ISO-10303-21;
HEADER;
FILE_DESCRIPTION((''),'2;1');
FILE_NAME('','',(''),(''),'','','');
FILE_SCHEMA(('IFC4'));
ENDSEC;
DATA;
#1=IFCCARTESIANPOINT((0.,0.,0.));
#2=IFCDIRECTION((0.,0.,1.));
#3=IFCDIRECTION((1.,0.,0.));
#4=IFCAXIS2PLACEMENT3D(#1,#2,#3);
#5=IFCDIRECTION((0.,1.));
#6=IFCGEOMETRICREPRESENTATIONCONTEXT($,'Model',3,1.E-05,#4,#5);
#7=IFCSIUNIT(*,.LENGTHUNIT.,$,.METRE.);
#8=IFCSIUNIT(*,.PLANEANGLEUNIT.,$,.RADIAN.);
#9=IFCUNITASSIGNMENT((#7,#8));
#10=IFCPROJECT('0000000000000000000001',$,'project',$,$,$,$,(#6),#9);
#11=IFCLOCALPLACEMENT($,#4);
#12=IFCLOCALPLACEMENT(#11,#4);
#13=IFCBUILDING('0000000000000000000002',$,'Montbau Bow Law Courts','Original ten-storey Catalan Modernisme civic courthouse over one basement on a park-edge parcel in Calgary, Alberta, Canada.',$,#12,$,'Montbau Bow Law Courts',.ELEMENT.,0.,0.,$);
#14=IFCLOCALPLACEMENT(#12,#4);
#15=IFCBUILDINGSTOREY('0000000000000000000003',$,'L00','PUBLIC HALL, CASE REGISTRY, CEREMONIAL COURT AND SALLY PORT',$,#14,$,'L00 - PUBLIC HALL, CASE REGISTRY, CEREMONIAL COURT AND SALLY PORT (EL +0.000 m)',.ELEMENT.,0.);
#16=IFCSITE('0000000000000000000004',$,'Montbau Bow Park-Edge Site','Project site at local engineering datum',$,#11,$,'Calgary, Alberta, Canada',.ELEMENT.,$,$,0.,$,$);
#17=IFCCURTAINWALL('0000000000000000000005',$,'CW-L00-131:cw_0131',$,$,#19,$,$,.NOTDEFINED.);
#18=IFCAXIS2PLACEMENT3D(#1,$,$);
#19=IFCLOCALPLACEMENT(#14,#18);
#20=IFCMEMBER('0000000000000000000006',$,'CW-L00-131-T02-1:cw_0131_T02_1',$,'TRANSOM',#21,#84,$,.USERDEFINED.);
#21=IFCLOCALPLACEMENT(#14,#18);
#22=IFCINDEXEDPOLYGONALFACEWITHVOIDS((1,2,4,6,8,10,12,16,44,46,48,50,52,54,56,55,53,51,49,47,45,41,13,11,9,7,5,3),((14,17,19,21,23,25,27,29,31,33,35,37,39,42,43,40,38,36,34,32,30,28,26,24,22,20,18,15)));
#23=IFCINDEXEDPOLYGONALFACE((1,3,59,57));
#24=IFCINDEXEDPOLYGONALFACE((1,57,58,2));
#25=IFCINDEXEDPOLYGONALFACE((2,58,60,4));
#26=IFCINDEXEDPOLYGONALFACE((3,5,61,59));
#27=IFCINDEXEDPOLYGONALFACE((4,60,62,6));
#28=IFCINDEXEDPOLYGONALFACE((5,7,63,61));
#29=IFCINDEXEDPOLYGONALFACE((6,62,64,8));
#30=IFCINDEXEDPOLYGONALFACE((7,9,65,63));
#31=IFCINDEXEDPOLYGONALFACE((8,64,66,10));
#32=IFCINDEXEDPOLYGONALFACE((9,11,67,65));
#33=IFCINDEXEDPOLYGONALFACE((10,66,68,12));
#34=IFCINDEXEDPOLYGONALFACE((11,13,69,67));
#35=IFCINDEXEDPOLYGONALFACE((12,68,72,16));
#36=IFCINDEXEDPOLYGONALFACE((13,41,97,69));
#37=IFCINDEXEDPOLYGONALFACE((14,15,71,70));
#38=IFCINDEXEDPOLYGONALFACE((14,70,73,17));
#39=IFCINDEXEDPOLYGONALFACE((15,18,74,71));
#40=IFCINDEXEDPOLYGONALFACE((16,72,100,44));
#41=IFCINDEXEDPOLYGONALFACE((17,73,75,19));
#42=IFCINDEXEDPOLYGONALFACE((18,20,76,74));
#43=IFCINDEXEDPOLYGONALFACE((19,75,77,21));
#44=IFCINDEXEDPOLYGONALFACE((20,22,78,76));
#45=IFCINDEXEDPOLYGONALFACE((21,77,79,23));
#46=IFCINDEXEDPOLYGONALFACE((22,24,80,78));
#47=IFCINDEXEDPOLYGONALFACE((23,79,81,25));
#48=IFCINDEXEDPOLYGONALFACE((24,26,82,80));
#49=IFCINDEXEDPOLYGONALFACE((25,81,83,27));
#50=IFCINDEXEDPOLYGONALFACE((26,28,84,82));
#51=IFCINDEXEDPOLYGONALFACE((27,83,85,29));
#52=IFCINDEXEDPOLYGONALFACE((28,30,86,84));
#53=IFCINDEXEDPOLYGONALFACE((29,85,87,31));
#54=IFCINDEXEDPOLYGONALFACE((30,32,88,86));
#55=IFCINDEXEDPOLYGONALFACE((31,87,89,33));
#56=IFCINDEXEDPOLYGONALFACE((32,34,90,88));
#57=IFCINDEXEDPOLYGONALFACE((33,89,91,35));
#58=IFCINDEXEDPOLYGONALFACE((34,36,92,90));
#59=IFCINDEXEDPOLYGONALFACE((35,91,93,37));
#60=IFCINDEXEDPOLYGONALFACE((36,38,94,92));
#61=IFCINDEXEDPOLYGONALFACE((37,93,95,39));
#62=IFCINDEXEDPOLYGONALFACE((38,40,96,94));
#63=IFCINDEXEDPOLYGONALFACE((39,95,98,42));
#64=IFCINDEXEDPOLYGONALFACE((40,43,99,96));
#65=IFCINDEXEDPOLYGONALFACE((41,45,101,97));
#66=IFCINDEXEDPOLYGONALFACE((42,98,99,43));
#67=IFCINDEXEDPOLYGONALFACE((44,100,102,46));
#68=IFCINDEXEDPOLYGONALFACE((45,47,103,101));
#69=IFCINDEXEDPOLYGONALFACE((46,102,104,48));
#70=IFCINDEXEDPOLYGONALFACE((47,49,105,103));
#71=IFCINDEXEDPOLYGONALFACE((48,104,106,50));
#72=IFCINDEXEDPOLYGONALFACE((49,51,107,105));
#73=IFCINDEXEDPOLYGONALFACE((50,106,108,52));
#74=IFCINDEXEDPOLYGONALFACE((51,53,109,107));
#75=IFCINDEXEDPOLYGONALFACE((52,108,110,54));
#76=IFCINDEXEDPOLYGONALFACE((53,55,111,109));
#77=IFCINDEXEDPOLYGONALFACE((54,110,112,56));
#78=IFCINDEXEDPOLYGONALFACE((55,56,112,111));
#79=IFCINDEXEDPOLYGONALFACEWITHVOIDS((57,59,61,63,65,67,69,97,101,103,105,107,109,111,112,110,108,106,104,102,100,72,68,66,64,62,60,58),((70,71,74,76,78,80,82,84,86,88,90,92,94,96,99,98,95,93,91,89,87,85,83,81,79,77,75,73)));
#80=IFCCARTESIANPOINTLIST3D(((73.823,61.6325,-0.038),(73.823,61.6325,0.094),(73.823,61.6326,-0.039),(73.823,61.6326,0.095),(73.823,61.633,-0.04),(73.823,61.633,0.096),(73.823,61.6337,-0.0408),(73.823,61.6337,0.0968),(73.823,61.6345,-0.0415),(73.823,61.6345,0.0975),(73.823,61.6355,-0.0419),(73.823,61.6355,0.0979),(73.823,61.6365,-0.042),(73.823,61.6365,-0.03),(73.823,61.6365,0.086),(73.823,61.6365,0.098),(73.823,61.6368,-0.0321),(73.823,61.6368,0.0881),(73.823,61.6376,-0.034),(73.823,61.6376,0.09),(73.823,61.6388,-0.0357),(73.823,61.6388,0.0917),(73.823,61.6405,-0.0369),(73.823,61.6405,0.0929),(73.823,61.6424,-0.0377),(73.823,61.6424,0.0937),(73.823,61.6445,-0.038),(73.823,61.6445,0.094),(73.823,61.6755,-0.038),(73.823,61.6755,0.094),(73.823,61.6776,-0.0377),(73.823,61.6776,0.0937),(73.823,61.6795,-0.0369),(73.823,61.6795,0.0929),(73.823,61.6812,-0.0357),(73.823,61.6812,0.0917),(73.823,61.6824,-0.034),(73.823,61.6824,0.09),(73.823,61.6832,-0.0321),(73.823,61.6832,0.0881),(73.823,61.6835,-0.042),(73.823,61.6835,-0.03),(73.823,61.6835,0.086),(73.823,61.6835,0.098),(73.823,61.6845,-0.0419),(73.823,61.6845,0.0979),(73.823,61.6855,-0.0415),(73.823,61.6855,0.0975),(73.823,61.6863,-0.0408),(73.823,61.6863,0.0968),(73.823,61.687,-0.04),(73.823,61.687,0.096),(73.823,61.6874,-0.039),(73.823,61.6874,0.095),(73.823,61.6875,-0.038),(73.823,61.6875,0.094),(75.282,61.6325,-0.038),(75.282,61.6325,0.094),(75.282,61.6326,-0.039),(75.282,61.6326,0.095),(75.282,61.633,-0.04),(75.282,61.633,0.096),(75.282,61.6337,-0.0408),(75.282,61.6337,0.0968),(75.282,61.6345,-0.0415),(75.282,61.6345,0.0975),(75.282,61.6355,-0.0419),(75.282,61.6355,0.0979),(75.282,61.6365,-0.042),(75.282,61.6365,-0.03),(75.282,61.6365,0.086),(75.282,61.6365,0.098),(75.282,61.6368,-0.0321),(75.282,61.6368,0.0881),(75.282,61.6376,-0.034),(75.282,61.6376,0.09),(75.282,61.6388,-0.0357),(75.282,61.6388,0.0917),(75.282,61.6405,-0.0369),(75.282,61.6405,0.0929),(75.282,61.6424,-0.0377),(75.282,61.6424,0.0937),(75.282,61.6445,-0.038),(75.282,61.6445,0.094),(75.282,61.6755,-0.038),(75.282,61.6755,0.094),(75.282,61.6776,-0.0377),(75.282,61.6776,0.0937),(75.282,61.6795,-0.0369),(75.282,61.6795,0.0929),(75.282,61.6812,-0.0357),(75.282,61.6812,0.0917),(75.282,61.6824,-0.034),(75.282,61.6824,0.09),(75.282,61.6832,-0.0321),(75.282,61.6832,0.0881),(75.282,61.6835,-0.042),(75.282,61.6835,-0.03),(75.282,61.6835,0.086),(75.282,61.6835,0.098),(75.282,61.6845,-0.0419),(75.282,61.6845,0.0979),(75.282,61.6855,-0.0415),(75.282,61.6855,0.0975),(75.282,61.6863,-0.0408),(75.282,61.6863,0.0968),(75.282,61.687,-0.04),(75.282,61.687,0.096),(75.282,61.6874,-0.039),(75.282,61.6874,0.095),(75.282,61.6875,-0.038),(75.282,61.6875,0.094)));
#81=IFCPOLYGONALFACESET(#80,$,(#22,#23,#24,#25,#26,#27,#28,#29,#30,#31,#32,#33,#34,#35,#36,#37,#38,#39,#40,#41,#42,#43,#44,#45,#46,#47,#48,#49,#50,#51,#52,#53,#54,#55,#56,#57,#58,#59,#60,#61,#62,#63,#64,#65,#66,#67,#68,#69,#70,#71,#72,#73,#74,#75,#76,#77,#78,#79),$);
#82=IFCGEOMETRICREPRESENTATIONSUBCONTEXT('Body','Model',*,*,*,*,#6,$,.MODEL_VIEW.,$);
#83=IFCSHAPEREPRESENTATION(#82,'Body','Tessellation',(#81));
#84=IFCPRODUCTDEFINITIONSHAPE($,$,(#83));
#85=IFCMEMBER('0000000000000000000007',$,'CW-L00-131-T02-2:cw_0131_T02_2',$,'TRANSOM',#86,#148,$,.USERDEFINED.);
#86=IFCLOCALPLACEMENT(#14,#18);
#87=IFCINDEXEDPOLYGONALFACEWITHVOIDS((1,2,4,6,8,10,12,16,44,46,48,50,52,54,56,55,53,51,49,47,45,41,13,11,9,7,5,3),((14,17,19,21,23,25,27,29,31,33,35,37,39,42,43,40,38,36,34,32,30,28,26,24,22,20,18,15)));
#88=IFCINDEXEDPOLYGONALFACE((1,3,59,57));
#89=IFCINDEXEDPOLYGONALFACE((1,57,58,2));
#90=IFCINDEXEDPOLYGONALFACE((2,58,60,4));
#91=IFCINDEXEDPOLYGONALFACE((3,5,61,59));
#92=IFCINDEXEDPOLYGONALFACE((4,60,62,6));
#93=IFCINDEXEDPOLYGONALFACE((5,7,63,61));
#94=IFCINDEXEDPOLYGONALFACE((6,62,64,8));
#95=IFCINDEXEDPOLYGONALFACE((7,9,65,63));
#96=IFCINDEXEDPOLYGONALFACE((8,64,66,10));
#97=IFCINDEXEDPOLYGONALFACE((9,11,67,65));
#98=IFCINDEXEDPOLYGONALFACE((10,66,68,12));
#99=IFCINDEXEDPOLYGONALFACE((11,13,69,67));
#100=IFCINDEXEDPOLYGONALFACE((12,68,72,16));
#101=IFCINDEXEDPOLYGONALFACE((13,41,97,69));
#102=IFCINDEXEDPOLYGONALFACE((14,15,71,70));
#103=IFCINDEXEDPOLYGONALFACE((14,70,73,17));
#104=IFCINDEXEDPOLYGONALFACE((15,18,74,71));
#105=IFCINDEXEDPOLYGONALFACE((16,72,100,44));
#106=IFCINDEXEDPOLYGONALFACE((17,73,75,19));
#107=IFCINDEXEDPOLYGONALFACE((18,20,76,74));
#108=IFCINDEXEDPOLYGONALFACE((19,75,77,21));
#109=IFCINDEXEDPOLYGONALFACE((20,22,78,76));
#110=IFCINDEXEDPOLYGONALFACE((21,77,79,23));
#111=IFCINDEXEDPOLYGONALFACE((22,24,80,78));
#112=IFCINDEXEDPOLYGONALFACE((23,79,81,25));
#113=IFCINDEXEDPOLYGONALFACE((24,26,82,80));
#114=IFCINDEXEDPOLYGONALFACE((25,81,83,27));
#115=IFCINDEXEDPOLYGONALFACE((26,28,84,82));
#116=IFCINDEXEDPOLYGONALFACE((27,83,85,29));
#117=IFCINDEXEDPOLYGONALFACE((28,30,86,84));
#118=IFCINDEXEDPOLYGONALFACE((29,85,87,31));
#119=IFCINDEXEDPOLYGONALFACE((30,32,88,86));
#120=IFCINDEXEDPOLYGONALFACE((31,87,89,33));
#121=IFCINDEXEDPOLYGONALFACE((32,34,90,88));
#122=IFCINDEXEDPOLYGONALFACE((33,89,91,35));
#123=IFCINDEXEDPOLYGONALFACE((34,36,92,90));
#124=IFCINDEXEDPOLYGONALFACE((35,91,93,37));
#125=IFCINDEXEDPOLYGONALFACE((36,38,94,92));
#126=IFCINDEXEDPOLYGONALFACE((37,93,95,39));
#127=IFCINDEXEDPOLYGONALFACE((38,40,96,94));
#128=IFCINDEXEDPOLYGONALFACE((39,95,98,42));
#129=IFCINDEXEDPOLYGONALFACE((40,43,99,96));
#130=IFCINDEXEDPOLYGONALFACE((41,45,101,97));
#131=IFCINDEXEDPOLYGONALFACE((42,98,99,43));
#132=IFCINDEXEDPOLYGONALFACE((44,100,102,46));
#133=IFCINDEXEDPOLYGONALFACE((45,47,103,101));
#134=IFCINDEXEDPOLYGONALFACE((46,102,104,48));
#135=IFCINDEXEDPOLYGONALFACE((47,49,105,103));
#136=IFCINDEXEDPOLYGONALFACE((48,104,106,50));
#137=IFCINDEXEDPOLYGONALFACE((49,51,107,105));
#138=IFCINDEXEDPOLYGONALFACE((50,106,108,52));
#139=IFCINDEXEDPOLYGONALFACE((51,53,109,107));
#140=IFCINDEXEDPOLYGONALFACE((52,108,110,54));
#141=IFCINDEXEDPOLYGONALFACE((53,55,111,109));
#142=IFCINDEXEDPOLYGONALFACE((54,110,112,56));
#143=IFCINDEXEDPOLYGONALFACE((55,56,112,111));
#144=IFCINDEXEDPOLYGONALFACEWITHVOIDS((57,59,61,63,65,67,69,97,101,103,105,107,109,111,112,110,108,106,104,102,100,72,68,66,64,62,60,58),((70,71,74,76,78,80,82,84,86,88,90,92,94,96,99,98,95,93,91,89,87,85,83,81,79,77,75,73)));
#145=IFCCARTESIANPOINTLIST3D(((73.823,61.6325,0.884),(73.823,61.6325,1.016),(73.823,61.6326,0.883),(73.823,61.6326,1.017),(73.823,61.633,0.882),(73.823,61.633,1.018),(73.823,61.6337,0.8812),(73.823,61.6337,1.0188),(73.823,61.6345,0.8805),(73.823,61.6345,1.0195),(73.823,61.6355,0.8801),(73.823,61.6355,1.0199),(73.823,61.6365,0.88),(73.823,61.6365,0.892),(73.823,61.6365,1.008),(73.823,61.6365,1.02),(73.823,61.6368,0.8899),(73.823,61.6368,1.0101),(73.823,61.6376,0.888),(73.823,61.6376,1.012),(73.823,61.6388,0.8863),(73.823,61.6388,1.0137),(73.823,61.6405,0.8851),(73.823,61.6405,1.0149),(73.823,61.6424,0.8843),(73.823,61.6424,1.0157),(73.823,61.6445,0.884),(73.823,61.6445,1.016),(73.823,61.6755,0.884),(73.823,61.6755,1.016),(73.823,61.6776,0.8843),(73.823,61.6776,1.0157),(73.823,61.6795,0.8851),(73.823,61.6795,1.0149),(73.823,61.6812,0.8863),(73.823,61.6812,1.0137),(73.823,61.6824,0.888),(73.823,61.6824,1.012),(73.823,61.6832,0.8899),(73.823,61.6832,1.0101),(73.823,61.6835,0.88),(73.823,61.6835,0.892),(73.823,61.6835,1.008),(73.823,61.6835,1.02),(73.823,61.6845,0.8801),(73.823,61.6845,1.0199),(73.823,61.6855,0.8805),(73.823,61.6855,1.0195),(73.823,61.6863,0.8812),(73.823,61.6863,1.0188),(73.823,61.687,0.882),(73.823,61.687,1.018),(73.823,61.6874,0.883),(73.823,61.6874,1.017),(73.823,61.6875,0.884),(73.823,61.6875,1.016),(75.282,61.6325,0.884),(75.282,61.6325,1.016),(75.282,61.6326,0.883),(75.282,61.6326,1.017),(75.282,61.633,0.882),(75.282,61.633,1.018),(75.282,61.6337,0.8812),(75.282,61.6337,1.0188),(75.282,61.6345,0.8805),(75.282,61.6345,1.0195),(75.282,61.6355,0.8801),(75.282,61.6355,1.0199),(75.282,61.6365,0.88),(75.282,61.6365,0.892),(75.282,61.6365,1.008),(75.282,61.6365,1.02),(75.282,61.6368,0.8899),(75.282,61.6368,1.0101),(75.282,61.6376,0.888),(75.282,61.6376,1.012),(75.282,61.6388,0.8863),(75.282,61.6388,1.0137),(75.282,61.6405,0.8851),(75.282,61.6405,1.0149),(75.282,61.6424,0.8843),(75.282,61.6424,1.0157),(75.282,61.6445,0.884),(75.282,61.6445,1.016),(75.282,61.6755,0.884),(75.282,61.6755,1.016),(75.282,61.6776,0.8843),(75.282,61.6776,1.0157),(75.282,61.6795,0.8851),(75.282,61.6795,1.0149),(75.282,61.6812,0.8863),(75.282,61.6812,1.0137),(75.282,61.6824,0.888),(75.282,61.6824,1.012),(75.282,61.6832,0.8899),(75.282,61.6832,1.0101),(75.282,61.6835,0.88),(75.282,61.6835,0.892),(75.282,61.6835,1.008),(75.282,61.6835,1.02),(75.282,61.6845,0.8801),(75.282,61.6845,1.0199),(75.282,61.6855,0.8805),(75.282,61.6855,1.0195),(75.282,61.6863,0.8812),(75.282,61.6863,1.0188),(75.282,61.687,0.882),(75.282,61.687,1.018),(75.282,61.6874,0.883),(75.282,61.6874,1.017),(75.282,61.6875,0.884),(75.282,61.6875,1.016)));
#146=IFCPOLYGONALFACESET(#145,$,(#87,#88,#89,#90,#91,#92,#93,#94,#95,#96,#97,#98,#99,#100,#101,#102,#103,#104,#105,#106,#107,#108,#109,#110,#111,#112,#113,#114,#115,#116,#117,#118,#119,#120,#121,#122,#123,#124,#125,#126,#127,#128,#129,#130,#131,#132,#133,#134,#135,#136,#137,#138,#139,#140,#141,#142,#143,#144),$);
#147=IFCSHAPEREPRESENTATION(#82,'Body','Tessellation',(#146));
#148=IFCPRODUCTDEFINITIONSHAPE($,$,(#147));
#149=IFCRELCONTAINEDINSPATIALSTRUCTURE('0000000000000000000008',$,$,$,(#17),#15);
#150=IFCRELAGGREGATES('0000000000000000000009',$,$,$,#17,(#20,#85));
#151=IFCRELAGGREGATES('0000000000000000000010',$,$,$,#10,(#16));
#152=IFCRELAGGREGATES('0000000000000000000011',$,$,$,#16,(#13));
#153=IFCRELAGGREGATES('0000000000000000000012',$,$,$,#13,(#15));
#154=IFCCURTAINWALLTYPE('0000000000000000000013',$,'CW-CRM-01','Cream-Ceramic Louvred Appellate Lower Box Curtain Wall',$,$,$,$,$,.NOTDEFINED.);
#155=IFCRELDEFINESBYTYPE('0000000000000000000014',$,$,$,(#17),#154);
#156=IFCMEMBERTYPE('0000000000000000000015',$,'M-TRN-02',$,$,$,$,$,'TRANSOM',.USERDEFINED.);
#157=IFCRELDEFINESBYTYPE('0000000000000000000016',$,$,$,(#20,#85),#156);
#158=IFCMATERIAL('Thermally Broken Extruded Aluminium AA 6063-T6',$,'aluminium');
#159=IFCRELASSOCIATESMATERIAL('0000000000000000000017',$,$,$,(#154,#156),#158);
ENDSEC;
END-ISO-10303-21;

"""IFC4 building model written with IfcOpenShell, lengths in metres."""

from ifc_helpers import new_model, si_unit, direction, frame, origin_with_axes, origin_2d_with_axis, place, context, subcontext, project, spatial, hollow_rectangle, extrude, material, material_profile, profile_set, type_object, element, aggregate, save


model = new_model("IFC4")

# Units and contexts
model_context = context("Model", 3, precision=1e-05, world=origin_with_axes(), true_north=direction((0.0, 1.0)))
body_context = subcontext(model_context, "Body", "Model", "MODEL_VIEW")
ifc_project = project(units=[si_unit("LENGTHUNIT", "METRE"), si_unit("PLANEANGLEUNIT", "RADIAN")], contexts=[model_context])

# Site, building, storey
site_placement = place(None, origin_with_axes())
site = spatial("IfcSite", under=ifc_project, at=site_placement, Name="Montbau Bow Park-Edge Site", Description="Project site at local engineering datum", LongName="Calgary, Alberta, Canada", CompositionType="ELEMENT", RefElevation=0.0)
building_placement = place(site_placement, origin_with_axes())
building = spatial("IfcBuilding", under=site, at=building_placement, Name="Montbau Bow Law Courts", Description="Original ten-storey Catalan Modernisme civic courthouse over one basement on a park-edge parcel in Calgary, Alberta, Canada.", LongName="Montbau Bow Law Courts", CompositionType="ELEMENT", ElevationOfRefHeight=0.0, ElevationOfTerrain=0.0)
storey_placement = place(building_placement, origin_with_axes())
storey = spatial("IfcBuildingStorey", under=building, at=storey_placement, Name="L00", Description="PUBLIC HALL, CASE REGISTRY, CEREMONIAL COURT AND SALLY PORT", LongName="L00 - PUBLIC HALL, CASE REGISTRY, CEREMONIAL COURT AND SALLY PORT (EL +0.000 m)", CompositionType="ELEMENT", Elevation=0.0)

# Curtain wall, members
ifc_material_1 = material(Name="Thermally Broken Extruded Aluminium AA 6063-T6", Category="aluminium")
curtain_wall_type = type_object("IfcCurtainWallType", Name="CW-CRM-01", Description="Cream-Ceramic Louvred Appellate Lower Box Curtain Wall", PredefinedType="NOTDEFINED", material=ifc_material_1)
curtain_wall_placement = place(None, frame((72.267, 61.66, 0.0), z_axis=(0.0, 0.0, 1.0), x_axis=(1.0, 0.0, 0.0)))
curtain_wall = element("IfcCurtainWall", 1, at=curtain_wall_placement, inside=storey, type_object=curtain_wall_type, Name="CW-L00-131:cw_0131", PredefinedType="NOTDEFINED")
ifc_material_profile_1 = material_profile(ifc_material_1, hollow_rectangle(XDim=0.055, YDim=0.14, WallThickness=0.004, InnerFilletRadius=0.008, OuterFilletRadius=0.004, at=origin_2d_with_axis()), Name="CWT-140X55", Category="Main", Priority=0)
ifc_profile_set_1 = profile_set([ifc_material_profile_1], Name="Thermally Broken Extruded Aluminium AA 6063-T6")
member_type_1 = type_object("IfcMemberType", Name="M-TRN-02", ElementType="TRANSOM", PredefinedType="USERDEFINED", material=ifc_profile_set_1)
member_1_placement = place(None, frame((73.823, 61.66, 0.028), z_axis=(1.0, 0.0, 0.0), x_axis=(0.0, 1.0, 0.0)))
member_1 = element("IfcMember", 2, at=member_1_placement, type_object=member_type_1, Name="CW-L00-131-T02-1:cw_0131_T02_1", ObjectType="TRANSOM", PredefinedType="USERDEFINED", context=body_context, shape_type="SweptSolid", body=[
    extrude(hollow_rectangle(XDim=0.055, YDim=0.14, WallThickness=0.004, InnerFilletRadius=0.008, OuterFilletRadius=0.004, at=origin_2d_with_axis()), origin_with_axes(), (0.0, 0.0, 1.0), 1.459),
])
member_2_placement = place(None, frame((73.823, 61.66, 0.95), z_axis=(1.0, 0.0, 0.0), x_axis=(0.0, 1.0, 0.0)))
member_2 = element("IfcMember", 3, at=member_2_placement, type_object=member_type_1, Name="CW-L00-131-T02-2:cw_0131_T02_2", ObjectType="TRANSOM", PredefinedType="USERDEFINED", context=body_context, shape_type="SweptSolid", body=[
    extrude(hollow_rectangle(XDim=0.055, YDim=0.14, WallThickness=0.004, InnerFilletRadius=0.008, OuterFilletRadius=0.004, at=origin_2d_with_axis()), origin_with_axes(), (0.0, 0.0, 1.0), 1.459),
])
aggregate(curtain_wall, [member_1, member_2])

save(model, "model.ifc")
